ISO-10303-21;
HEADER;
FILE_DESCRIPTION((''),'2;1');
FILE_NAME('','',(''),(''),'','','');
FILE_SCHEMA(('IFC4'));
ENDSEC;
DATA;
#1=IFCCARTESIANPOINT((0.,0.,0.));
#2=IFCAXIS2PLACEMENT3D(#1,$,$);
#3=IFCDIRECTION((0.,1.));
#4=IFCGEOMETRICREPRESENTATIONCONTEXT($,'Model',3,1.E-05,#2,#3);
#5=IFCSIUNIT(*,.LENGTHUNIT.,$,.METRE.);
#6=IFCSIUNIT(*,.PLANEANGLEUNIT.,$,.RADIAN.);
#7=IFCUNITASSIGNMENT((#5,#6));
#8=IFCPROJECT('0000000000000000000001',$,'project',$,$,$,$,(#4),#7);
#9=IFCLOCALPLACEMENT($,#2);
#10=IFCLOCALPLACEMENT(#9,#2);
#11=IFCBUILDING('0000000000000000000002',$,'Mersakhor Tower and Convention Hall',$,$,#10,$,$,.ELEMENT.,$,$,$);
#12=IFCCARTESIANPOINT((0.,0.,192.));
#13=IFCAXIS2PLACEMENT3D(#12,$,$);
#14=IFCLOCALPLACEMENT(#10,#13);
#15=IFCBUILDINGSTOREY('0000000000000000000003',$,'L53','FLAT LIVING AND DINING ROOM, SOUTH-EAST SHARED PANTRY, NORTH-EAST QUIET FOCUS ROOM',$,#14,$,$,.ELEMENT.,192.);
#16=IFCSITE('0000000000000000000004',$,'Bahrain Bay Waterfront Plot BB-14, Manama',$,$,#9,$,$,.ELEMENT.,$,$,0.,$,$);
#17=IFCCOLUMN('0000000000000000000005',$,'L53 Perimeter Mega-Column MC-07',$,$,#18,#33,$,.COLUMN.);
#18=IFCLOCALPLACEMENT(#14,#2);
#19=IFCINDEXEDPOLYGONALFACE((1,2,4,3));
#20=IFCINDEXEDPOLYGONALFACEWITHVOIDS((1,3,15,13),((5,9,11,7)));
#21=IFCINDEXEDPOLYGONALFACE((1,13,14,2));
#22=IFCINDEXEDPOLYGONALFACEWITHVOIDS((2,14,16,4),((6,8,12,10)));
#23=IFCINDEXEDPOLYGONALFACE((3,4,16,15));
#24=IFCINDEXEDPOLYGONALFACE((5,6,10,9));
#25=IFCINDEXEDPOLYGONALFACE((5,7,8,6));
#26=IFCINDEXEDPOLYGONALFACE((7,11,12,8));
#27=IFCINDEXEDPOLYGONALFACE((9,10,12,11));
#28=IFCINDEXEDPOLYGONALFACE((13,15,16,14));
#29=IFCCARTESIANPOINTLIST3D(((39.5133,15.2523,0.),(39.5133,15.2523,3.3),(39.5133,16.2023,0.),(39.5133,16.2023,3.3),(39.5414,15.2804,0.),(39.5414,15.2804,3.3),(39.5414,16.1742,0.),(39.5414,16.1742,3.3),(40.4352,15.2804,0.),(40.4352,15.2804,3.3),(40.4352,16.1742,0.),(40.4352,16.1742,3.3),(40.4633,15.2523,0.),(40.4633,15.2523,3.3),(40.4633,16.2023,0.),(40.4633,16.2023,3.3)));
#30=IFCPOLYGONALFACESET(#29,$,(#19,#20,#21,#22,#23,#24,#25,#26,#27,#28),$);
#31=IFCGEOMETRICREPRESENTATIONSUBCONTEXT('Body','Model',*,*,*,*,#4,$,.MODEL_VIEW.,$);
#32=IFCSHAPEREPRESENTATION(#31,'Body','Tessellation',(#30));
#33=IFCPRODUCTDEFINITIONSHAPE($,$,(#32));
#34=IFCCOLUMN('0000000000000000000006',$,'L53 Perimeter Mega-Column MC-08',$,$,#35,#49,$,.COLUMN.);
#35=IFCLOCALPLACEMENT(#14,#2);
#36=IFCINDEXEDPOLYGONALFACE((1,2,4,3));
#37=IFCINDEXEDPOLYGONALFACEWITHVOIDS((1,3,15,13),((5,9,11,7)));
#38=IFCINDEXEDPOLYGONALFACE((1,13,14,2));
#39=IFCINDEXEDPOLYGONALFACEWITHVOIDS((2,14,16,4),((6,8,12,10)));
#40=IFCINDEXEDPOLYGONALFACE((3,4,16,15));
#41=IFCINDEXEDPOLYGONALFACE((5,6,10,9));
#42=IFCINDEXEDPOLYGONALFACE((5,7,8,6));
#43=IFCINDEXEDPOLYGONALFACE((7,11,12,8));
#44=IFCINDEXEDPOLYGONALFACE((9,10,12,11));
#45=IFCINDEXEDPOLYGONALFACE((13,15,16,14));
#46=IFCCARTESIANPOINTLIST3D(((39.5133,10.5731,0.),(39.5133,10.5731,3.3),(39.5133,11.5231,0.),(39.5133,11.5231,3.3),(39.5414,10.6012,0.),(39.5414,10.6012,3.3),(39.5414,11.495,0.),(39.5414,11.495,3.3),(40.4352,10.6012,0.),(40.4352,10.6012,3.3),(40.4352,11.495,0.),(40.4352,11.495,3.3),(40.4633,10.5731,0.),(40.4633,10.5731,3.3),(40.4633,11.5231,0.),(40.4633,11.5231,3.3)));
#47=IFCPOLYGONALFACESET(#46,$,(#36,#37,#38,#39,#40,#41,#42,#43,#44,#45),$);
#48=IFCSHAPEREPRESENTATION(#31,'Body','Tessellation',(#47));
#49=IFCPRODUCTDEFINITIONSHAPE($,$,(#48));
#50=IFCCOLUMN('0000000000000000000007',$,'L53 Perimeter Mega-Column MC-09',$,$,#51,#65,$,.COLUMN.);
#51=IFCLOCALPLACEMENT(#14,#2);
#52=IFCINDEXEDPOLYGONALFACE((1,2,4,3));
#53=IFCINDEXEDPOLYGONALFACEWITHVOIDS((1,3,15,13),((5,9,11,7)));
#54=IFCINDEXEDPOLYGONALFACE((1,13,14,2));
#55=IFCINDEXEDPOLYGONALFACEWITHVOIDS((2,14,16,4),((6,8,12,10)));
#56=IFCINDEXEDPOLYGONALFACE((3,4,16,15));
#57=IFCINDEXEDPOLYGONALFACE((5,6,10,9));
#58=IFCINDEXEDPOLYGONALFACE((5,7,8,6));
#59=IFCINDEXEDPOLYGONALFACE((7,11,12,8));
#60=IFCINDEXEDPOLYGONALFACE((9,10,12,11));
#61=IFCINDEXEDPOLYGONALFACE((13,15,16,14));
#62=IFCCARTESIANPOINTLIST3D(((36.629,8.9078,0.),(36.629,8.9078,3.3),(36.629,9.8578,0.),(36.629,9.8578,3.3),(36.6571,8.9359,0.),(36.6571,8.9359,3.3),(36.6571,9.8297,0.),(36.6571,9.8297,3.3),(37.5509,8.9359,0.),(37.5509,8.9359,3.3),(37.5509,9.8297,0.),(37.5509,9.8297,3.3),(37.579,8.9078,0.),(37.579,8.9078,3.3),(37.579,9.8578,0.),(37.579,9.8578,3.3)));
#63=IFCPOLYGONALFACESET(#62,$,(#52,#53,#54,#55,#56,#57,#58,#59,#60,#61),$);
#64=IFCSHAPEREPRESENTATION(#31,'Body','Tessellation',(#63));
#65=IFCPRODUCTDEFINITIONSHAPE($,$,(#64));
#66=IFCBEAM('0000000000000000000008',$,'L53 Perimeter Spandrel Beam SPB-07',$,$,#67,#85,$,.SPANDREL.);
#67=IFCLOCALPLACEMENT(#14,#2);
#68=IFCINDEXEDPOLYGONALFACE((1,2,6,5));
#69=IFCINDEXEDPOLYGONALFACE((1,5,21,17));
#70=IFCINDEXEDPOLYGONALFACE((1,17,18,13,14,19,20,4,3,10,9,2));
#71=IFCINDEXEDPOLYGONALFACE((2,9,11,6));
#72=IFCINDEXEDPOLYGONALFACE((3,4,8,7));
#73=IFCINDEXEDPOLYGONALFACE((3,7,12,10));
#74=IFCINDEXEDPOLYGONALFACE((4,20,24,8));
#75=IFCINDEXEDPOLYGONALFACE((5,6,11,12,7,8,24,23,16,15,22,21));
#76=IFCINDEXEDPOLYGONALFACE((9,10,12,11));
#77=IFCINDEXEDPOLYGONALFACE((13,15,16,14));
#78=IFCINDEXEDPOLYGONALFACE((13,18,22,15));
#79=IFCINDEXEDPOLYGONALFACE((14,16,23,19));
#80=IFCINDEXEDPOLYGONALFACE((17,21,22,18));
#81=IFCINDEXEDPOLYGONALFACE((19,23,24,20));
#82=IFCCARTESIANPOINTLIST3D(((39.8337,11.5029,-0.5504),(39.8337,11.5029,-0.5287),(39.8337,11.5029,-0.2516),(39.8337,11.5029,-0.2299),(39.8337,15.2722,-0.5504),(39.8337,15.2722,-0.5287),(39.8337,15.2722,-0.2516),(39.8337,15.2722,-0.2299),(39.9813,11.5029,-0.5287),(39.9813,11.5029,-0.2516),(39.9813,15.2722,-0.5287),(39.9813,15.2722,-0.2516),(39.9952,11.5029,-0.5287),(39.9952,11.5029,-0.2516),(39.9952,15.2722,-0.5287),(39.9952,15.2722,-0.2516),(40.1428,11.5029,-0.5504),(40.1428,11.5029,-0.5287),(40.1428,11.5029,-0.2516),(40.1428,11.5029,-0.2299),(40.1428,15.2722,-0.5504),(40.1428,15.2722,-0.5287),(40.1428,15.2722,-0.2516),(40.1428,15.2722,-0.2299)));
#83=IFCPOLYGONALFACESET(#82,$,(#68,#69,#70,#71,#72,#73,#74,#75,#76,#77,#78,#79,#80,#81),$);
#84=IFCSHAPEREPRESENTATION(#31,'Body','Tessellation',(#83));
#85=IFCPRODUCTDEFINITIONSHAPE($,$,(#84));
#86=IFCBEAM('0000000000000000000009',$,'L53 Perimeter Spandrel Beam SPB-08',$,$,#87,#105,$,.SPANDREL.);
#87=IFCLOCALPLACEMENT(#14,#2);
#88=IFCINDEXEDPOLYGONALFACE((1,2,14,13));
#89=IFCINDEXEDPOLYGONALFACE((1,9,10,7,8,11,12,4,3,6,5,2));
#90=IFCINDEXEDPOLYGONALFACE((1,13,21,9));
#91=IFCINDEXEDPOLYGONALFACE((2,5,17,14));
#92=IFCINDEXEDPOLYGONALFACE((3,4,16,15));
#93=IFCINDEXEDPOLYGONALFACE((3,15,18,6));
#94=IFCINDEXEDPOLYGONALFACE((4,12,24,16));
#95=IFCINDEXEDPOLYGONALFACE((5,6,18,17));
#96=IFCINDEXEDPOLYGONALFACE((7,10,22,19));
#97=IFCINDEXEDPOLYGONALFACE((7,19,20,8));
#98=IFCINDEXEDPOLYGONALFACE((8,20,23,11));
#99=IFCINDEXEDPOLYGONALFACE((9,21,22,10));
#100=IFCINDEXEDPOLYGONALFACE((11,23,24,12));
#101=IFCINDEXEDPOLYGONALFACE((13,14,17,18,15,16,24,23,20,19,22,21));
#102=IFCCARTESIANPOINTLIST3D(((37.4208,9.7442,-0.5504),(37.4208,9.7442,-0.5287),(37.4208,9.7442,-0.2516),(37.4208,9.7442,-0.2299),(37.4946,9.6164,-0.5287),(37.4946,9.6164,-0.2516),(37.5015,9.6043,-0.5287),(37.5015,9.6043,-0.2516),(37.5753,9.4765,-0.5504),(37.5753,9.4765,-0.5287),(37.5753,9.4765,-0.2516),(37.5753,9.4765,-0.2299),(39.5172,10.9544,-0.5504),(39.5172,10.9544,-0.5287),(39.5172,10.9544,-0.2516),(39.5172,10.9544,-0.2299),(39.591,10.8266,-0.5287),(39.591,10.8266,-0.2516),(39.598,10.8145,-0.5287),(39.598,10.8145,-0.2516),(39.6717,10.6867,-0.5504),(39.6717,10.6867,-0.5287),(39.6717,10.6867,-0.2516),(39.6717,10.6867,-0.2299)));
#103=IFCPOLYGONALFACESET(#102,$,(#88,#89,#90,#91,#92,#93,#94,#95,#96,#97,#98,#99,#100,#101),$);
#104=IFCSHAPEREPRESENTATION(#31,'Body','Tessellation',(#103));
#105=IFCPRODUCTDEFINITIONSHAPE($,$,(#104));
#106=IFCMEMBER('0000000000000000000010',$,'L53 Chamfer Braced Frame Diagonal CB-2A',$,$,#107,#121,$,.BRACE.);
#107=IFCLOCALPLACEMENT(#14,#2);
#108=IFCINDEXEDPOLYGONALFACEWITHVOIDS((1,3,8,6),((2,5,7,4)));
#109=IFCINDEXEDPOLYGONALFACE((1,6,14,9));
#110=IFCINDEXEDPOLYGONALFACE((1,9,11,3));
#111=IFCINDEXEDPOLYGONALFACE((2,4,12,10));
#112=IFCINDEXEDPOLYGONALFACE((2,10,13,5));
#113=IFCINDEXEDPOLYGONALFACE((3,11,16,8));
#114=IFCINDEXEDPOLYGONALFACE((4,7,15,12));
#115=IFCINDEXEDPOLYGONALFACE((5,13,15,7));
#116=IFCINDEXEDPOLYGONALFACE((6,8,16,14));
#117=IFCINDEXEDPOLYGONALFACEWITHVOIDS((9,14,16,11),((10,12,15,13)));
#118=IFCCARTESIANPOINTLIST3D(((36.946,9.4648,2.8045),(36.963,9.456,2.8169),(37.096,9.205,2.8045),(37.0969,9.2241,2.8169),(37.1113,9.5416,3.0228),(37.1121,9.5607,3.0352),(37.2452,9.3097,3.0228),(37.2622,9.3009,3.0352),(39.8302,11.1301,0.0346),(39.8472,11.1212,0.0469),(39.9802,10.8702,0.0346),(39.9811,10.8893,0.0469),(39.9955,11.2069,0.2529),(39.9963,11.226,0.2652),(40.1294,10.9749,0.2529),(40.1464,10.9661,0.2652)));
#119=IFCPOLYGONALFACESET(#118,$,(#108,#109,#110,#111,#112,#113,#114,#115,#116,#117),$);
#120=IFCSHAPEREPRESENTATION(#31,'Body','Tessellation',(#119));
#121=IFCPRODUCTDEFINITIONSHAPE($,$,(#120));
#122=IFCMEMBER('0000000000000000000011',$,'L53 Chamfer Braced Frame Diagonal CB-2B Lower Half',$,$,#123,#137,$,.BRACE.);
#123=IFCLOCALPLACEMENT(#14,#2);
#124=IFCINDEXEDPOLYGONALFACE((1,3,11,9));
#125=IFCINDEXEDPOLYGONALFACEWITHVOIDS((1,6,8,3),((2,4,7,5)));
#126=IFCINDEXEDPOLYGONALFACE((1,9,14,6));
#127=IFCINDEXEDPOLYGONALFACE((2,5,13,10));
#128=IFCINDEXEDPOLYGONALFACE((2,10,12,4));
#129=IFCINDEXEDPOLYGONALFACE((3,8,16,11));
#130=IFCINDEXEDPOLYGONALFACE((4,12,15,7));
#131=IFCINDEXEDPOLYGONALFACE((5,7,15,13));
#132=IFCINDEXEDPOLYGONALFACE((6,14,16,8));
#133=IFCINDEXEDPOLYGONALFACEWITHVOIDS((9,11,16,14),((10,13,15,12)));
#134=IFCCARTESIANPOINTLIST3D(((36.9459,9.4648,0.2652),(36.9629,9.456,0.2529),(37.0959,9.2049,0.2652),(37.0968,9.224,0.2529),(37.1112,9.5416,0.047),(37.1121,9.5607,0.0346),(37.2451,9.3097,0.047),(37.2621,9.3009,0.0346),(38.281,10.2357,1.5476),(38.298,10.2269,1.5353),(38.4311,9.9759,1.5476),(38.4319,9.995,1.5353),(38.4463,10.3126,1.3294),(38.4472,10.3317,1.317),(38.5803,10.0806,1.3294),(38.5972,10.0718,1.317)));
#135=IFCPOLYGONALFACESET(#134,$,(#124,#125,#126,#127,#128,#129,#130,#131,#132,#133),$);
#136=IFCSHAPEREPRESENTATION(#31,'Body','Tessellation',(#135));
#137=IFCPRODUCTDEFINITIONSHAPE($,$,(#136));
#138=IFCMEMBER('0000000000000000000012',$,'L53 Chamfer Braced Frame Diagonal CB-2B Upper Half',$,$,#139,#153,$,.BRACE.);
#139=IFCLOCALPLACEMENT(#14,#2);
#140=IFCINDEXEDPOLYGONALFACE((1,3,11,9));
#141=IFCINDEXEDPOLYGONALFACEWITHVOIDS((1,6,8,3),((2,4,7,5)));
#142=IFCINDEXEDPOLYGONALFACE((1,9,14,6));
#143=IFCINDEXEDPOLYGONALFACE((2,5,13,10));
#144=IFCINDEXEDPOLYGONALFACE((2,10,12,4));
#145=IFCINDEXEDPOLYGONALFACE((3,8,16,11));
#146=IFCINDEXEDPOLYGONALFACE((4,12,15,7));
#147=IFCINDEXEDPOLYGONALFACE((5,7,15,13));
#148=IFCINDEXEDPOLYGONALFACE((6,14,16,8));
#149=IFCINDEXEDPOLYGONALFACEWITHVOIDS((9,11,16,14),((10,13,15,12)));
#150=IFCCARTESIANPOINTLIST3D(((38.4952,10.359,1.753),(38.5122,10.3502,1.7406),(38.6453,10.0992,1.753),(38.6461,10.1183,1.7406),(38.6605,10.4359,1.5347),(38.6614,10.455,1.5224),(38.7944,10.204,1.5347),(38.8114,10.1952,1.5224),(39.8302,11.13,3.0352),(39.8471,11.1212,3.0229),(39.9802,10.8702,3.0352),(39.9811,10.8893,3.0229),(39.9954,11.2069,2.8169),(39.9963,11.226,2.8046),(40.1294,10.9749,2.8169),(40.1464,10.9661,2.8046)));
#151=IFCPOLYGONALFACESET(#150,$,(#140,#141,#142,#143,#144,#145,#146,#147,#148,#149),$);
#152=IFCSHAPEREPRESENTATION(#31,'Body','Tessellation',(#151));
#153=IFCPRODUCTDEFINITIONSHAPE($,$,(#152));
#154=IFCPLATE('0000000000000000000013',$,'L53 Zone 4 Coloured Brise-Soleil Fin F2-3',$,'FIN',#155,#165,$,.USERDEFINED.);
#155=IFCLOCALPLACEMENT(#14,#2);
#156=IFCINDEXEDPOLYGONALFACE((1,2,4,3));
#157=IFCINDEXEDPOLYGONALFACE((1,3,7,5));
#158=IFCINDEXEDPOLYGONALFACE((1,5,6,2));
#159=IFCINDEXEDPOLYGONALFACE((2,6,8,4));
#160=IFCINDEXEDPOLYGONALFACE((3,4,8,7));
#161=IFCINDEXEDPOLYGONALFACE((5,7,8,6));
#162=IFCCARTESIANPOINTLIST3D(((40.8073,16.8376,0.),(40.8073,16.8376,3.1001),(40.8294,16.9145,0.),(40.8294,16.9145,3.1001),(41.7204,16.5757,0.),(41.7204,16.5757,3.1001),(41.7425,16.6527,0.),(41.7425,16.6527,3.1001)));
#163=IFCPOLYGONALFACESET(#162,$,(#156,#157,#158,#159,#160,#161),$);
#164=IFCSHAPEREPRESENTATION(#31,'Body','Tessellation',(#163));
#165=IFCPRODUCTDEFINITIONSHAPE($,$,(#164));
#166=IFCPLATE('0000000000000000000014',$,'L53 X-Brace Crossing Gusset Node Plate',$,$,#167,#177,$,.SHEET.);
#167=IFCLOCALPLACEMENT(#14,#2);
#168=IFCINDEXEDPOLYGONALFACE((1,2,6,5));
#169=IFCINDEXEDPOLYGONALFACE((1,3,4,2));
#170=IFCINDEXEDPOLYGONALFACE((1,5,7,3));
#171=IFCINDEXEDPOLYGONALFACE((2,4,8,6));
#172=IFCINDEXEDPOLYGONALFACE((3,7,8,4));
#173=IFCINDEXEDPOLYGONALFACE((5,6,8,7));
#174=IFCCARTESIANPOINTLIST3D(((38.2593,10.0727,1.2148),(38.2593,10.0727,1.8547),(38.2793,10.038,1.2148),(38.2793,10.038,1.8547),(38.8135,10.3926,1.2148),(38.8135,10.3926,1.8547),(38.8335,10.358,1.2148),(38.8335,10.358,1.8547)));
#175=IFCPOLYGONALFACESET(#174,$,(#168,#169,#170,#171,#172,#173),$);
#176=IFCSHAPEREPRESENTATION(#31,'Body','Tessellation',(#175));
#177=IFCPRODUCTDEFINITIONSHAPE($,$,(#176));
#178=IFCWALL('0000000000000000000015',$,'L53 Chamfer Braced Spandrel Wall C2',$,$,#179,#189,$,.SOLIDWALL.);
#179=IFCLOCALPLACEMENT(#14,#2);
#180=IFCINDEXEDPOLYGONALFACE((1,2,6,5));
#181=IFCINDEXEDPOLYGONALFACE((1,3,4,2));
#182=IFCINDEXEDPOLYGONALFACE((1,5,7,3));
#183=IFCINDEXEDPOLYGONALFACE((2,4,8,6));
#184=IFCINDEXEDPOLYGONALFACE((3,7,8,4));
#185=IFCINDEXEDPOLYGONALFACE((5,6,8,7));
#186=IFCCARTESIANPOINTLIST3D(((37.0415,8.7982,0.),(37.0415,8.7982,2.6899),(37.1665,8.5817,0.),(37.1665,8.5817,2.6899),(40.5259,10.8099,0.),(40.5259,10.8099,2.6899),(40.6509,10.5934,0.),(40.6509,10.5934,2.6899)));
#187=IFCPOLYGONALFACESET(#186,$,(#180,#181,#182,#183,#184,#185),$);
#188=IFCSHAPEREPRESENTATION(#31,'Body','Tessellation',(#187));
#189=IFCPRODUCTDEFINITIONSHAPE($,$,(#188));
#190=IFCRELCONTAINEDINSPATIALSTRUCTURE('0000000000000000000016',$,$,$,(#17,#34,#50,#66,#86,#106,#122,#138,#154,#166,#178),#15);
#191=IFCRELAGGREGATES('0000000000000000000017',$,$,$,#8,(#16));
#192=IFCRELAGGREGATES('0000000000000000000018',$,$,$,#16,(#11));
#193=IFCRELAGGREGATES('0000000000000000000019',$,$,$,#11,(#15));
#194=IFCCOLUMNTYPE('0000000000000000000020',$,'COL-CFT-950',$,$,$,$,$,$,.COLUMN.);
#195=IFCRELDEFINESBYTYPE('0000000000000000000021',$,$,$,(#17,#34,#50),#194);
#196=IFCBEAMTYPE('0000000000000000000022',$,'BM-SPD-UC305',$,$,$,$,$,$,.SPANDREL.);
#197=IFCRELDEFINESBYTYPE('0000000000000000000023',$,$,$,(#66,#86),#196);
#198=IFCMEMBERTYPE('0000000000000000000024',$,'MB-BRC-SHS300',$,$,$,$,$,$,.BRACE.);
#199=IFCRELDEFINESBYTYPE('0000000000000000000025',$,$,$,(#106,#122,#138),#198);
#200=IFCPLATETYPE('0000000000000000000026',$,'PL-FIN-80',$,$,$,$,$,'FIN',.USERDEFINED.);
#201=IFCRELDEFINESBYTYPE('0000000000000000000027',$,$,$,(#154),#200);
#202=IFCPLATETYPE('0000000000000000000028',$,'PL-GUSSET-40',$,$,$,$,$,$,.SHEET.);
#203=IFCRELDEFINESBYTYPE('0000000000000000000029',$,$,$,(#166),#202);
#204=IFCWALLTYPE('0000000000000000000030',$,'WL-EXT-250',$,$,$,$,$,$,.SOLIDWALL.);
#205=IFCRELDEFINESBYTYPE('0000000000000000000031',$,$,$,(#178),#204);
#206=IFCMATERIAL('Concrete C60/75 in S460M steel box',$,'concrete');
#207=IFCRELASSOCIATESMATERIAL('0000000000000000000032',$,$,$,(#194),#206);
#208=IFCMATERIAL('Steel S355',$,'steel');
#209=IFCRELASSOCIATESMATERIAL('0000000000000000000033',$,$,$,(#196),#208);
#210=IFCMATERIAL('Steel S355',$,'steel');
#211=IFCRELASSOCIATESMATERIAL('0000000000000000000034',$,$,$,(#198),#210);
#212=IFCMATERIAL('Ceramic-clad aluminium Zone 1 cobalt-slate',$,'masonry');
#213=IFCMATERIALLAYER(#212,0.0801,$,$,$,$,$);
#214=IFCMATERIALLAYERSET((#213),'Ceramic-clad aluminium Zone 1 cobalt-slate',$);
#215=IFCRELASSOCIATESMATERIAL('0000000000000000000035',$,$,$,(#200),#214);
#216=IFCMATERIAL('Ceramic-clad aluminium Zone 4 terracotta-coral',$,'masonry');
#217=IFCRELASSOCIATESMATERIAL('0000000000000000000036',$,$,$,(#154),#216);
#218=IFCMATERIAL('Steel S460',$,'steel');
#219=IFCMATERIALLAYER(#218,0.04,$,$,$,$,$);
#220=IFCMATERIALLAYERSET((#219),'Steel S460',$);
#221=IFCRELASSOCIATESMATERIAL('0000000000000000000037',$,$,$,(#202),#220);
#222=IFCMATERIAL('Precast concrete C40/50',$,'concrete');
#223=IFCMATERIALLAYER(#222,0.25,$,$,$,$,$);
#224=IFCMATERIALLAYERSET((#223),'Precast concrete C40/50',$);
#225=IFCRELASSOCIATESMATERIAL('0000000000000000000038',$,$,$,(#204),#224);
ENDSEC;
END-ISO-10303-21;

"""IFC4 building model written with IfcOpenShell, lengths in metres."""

from ifc_helpers import new_model, si_unit, direction, frame, frame_2d, origin, origin_2d, place, context, subcontext, project, spatial, rectangle, hollow_rectangle, i_section, extrude, material, layer, layer_set, material_profile, profile_set, type_object, element, save


model = new_model("IFC4")

# Units and contexts
model_context = context("Model", 3, precision=1e-05, world=origin(), true_north=direction((0.0, 1.0)))
body_context = subcontext(model_context, "Body", "Model", "MODEL_VIEW")
ifc_project = project(units=[si_unit("LENGTHUNIT", "METRE"), si_unit("PLANEANGLEUNIT", "RADIAN")], contexts=[model_context])

# Site, building, storey
site_placement = place(None, origin())
site = spatial("IfcSite", under=ifc_project, at=site_placement, Name="Bahrain Bay Waterfront Plot BB-14, Manama", CompositionType="ELEMENT", RefElevation=0.0)
building_placement = place(site_placement, origin())
building = spatial("IfcBuilding", under=site, at=building_placement, Name="Mersakhor Tower and Convention Hall", CompositionType="ELEMENT")
storey_placement = place(building_placement, frame((0.0, 0.0, 192.0)))
storey = spatial("IfcBuildingStorey", under=building, at=storey_placement, Name="L53", Description="FLAT LIVING AND DINING ROOM, SOUTH-EAST SHARED PANTRY, NORTH-EAST QUIET FOCUS ROOM", CompositionType="ELEMENT", Elevation=192.0)

# Columns
ifc_material_1 = material(Name="Concrete C60/75 in S460M steel box", Category="concrete")
ifc_material_profile_1 = material_profile(ifc_material_1, hollow_rectangle(XDim=0.95, YDim=0.95, WallThickness=0.0281, at=origin_2d()), Name="SHS 950x950x28")
ifc_profile_set_1 = profile_set([ifc_material_profile_1], Name="Concrete C60/75 in S460M steel box")
column_type = type_object("IfcColumnType", Name="COL-CFT-950", PredefinedType="COLUMN", material=ifc_profile_set_1)
for number, where, z_axis, x_axis, name in (
    (1, (39.9883, 15.7273, 0.0), (0.0, 0.0, 1.0), (1.0, 0.0, 0.0), "L53 Perimeter Mega-Column MC-07"),
    (2, (39.9883, 11.0481, 0.0), (0.0, 0.0, 1.0), (1.0, 0.0, 0.0), "L53 Perimeter Mega-Column MC-08"),
    (3, (37.104, 9.3828, 0.0), (0.0, 0.0, 1.0), (1.0, 0.0, 0.0), "L53 Perimeter Mega-Column MC-09"),
):
    element("IfcColumn", number, at=place(storey_placement, frame(where, z_axis=z_axis, x_axis=x_axis)), inside=storey, type_object=column_type, Name=name, PredefinedType="COLUMN", context=body_context, shape_type="SweptSolid", body=[
        extrude(hollow_rectangle(XDim=0.95, YDim=0.95, WallThickness=0.0281, at=origin_2d()), origin(), (0.0, 0.0, 1.0), 3.3),
    ])

# Beams
ifc_material_2 = material(Name="Steel S355", Category="steel")
ifc_material_profile_2 = material_profile(ifc_material_2, i_section(OverallWidth=0.3091, OverallDepth=0.3206, WebThickness=0.0139, FlangeThickness=0.0217, at=origin_2d()), Name="UC 305x305x137")
ifc_profile_set_2 = profile_set([ifc_material_profile_2], Name="Steel S355")
beam_type = type_object("IfcBeamType", Name="BM-SPD-UC305", PredefinedType="SPANDREL", material=ifc_profile_set_2)
beam_1_placement = place(storey_placement, frame((39.9883, 15.2722, -0.3901), z_axis=(0.0, -1.0, 0.0), x_axis=(1.0, 0.0, 0.0)))
element("IfcBeam", 4, at=beam_1_placement, inside=storey, type_object=beam_type, Name="L53 Perimeter Spandrel Beam SPB-07", PredefinedType="SPANDREL", context=body_context, shape_type="SweptSolid", body=[
    extrude(i_section(OverallWidth=0.3091, OverallDepth=0.3206, WebThickness=0.0139, FlangeThickness=0.0217, at=origin_2d()), origin(), (0.0, 0.0, 1.0), 3.7693),
])
beam_2_placement = place(storey_placement, frame((39.5945, 10.8206, -0.3901), z_axis=(-0.866056, -0.499947, 0.0), x_axis=(0.499947, -0.866056, 0.0)))
element("IfcBeam", 5, at=beam_2_placement, inside=storey, type_object=beam_type, Name="L53 Perimeter Spandrel Beam SPB-08", PredefinedType="SPANDREL", context=body_context, shape_type="SweptSolid", body=[
    extrude(i_section(OverallWidth=0.3091, OverallDepth=0.3206, WebThickness=0.0139, FlangeThickness=0.0217, at=origin_2d()), origin(), (0.0, 0.0, 1.0), 2.4207),
])

# Members
ifc_material_3 = material(Name="Steel S355", Category="steel")
ifc_material_profile_3 = material_profile(ifc_material_3, hollow_rectangle(XDim=0.3, YDim=0.3, WallThickness=0.0161, at=origin_2d()), Name="SHS 300x300x16")
ifc_profile_set_3 = profile_set([ifc_material_profile_3], Name="Steel S355")
member_type = type_object("IfcMemberType", Name="MB-BRC-SHS300", PredefinedType="BRACE", material=ifc_profile_set_3)
member_1_placement = place(storey_placement, frame((39.9883, 11.0481, 0.1499), z_axis=(-0.665825, -0.384425, 0.639449), x_axis=(0.50001, -0.86602, 0.0)))
element("IfcMember", 6, at=member_1_placement, inside=storey, type_object=member_type, Name="L53 Chamfer Braced Frame Diagonal CB-2A", PredefinedType="BRACE", context=body_context, shape_type="SweptSolid", body=[
    extrude(hollow_rectangle(XDim=0.3, YDim=0.3, WallThickness=0.0161, at=origin_2d()), origin(), (0.0, 0.0, 1.0), 4.3318),
])
member_2_placement = place(storey_placement, frame((37.104, 9.3828, 0.1499), z_axis=(0.665779, 0.384445, 0.639484), x_axis=(-0.500056, 0.865993, 0.0)))
element("IfcMember", 7, at=member_2_placement, inside=storey, type_object=member_type, Name="L53 Chamfer Braced Frame Diagonal CB-2B Lower Half", PredefinedType="BRACE", context=body_context, shape_type="SweptSolid", body=[
    extrude(hollow_rectangle(XDim=0.3, YDim=0.3, WallThickness=0.0161, at=origin_2d()), origin(), (0.0, 0.0, 1.0), 2.0054),
])
member_3_placement = place(storey_placement, frame((38.6533, 10.2771, 1.6377), z_axis=(0.665763, 0.384506, 0.639464), x_axis=(-0.500125, 0.865953, 0.0)))
element("IfcMember", 8, at=member_3_placement, inside=storey, type_object=member_type, Name="L53 Chamfer Braced Frame Diagonal CB-2B Upper Half", PredefinedType="BRACE", context=body_context, shape_type="SweptSolid", body=[
    extrude(hollow_rectangle(XDim=0.3, YDim=0.3, WallThickness=0.0161, at=origin_2d()), origin(), (0.0, 0.0, 1.0), 2.0051),
])

# Plates
ifc_material_4 = material(Name="Ceramic-clad aluminium Zone 4 terracotta-coral", Category="masonry")
ifc_material_5 = material(Name="Ceramic-clad aluminium Zone 1 cobalt-slate", Category="masonry")
ifc_layer_1 = layer(ifc_material_5, 0.0801)
ifc_layer_set_1 = layer_set([ifc_layer_1], Name="Ceramic-clad aluminium Zone 1 cobalt-slate")
plate_type_1 = type_object("IfcPlateType", Name="PL-FIN-80", ElementType="FIN", PredefinedType="USERDEFINED", material=ifc_layer_set_1)
plate_1_placement = place(storey_placement, frame((41.2749, 16.7451, 0.0), z_axis=(0.0, 0.0, 1.0), x_axis=(0.961262, -0.275637, 0.0)))
element("IfcPlate", 9, at=plate_1_placement, inside=storey, type_object=plate_type_1, material=ifc_material_4, Name="L53 Zone 4 Coloured Brise-Soleil Fin F2-3", ObjectType="FIN", PredefinedType="USERDEFINED", context=body_context, shape_type="SweptSolid", body=[
    extrude(rectangle(XDim=0.95, YDim=0.0801, at=origin_2d()), origin(), (0.0, 0.0, 1.0), 3.1001),
])
ifc_material_6 = material(Name="Steel S460", Category="steel")
ifc_layer_2 = layer(ifc_material_6, 0.04)
ifc_layer_set_2 = layer_set([ifc_layer_2], Name="Steel S460")
plate_type_2 = type_object("IfcPlateType", Name="PL-GUSSET-40", PredefinedType="SHEET", material=ifc_layer_set_2)
plate_2_placement = place(storey_placement, frame((38.5464, 10.2153, 1.2148), z_axis=(0.0, 0.0, 1.0), x_axis=(0.866025, 0.5, 0.0)))
element("IfcPlate", 10, at=plate_2_placement, inside=storey, type_object=plate_type_2, Name="L53 X-Brace Crossing Gusset Node Plate", PredefinedType="SHEET", context=body_context, shape_type="SweptSolid", body=[
    extrude(rectangle(XDim=0.6399, YDim=0.04, at=origin_2d()), origin(), (0.0, 0.0, 1.0), 0.6399),
])

# Wall
ifc_material_7 = material(Name="Precast concrete C40/50", Category="concrete")
ifc_layer_3 = layer(ifc_material_7, 0.25)
ifc_layer_set_3 = layer_set([ifc_layer_3], Name="Precast concrete C40/50")
wall_type_1 = type_object("IfcWallType", Name="WL-EXT-250", PredefinedType="SOLIDWALL", material=ifc_layer_set_3)
wall_1_placement = place(storey_placement, frame((40.5884, 10.7017, 0.0), z_axis=(0.0, 0.0, 1.0), x_axis=(-0.866024, -0.500003, 0.0)))
element("IfcWall", 11, at=wall_1_placement, inside=storey, type_object=wall_type_1, Name="L53 Chamfer Braced Spandrel Wall C2", PredefinedType="SOLIDWALL", context=body_context, shape_type="SweptSolid", body=[
    extrude(rectangle(XDim=4.0234, YDim=0.25, at=frame_2d((2.0117, 0.0))), origin(), (0.0, 0.0, 1.0), 2.6899),
])

save(model, "model.ifc")
